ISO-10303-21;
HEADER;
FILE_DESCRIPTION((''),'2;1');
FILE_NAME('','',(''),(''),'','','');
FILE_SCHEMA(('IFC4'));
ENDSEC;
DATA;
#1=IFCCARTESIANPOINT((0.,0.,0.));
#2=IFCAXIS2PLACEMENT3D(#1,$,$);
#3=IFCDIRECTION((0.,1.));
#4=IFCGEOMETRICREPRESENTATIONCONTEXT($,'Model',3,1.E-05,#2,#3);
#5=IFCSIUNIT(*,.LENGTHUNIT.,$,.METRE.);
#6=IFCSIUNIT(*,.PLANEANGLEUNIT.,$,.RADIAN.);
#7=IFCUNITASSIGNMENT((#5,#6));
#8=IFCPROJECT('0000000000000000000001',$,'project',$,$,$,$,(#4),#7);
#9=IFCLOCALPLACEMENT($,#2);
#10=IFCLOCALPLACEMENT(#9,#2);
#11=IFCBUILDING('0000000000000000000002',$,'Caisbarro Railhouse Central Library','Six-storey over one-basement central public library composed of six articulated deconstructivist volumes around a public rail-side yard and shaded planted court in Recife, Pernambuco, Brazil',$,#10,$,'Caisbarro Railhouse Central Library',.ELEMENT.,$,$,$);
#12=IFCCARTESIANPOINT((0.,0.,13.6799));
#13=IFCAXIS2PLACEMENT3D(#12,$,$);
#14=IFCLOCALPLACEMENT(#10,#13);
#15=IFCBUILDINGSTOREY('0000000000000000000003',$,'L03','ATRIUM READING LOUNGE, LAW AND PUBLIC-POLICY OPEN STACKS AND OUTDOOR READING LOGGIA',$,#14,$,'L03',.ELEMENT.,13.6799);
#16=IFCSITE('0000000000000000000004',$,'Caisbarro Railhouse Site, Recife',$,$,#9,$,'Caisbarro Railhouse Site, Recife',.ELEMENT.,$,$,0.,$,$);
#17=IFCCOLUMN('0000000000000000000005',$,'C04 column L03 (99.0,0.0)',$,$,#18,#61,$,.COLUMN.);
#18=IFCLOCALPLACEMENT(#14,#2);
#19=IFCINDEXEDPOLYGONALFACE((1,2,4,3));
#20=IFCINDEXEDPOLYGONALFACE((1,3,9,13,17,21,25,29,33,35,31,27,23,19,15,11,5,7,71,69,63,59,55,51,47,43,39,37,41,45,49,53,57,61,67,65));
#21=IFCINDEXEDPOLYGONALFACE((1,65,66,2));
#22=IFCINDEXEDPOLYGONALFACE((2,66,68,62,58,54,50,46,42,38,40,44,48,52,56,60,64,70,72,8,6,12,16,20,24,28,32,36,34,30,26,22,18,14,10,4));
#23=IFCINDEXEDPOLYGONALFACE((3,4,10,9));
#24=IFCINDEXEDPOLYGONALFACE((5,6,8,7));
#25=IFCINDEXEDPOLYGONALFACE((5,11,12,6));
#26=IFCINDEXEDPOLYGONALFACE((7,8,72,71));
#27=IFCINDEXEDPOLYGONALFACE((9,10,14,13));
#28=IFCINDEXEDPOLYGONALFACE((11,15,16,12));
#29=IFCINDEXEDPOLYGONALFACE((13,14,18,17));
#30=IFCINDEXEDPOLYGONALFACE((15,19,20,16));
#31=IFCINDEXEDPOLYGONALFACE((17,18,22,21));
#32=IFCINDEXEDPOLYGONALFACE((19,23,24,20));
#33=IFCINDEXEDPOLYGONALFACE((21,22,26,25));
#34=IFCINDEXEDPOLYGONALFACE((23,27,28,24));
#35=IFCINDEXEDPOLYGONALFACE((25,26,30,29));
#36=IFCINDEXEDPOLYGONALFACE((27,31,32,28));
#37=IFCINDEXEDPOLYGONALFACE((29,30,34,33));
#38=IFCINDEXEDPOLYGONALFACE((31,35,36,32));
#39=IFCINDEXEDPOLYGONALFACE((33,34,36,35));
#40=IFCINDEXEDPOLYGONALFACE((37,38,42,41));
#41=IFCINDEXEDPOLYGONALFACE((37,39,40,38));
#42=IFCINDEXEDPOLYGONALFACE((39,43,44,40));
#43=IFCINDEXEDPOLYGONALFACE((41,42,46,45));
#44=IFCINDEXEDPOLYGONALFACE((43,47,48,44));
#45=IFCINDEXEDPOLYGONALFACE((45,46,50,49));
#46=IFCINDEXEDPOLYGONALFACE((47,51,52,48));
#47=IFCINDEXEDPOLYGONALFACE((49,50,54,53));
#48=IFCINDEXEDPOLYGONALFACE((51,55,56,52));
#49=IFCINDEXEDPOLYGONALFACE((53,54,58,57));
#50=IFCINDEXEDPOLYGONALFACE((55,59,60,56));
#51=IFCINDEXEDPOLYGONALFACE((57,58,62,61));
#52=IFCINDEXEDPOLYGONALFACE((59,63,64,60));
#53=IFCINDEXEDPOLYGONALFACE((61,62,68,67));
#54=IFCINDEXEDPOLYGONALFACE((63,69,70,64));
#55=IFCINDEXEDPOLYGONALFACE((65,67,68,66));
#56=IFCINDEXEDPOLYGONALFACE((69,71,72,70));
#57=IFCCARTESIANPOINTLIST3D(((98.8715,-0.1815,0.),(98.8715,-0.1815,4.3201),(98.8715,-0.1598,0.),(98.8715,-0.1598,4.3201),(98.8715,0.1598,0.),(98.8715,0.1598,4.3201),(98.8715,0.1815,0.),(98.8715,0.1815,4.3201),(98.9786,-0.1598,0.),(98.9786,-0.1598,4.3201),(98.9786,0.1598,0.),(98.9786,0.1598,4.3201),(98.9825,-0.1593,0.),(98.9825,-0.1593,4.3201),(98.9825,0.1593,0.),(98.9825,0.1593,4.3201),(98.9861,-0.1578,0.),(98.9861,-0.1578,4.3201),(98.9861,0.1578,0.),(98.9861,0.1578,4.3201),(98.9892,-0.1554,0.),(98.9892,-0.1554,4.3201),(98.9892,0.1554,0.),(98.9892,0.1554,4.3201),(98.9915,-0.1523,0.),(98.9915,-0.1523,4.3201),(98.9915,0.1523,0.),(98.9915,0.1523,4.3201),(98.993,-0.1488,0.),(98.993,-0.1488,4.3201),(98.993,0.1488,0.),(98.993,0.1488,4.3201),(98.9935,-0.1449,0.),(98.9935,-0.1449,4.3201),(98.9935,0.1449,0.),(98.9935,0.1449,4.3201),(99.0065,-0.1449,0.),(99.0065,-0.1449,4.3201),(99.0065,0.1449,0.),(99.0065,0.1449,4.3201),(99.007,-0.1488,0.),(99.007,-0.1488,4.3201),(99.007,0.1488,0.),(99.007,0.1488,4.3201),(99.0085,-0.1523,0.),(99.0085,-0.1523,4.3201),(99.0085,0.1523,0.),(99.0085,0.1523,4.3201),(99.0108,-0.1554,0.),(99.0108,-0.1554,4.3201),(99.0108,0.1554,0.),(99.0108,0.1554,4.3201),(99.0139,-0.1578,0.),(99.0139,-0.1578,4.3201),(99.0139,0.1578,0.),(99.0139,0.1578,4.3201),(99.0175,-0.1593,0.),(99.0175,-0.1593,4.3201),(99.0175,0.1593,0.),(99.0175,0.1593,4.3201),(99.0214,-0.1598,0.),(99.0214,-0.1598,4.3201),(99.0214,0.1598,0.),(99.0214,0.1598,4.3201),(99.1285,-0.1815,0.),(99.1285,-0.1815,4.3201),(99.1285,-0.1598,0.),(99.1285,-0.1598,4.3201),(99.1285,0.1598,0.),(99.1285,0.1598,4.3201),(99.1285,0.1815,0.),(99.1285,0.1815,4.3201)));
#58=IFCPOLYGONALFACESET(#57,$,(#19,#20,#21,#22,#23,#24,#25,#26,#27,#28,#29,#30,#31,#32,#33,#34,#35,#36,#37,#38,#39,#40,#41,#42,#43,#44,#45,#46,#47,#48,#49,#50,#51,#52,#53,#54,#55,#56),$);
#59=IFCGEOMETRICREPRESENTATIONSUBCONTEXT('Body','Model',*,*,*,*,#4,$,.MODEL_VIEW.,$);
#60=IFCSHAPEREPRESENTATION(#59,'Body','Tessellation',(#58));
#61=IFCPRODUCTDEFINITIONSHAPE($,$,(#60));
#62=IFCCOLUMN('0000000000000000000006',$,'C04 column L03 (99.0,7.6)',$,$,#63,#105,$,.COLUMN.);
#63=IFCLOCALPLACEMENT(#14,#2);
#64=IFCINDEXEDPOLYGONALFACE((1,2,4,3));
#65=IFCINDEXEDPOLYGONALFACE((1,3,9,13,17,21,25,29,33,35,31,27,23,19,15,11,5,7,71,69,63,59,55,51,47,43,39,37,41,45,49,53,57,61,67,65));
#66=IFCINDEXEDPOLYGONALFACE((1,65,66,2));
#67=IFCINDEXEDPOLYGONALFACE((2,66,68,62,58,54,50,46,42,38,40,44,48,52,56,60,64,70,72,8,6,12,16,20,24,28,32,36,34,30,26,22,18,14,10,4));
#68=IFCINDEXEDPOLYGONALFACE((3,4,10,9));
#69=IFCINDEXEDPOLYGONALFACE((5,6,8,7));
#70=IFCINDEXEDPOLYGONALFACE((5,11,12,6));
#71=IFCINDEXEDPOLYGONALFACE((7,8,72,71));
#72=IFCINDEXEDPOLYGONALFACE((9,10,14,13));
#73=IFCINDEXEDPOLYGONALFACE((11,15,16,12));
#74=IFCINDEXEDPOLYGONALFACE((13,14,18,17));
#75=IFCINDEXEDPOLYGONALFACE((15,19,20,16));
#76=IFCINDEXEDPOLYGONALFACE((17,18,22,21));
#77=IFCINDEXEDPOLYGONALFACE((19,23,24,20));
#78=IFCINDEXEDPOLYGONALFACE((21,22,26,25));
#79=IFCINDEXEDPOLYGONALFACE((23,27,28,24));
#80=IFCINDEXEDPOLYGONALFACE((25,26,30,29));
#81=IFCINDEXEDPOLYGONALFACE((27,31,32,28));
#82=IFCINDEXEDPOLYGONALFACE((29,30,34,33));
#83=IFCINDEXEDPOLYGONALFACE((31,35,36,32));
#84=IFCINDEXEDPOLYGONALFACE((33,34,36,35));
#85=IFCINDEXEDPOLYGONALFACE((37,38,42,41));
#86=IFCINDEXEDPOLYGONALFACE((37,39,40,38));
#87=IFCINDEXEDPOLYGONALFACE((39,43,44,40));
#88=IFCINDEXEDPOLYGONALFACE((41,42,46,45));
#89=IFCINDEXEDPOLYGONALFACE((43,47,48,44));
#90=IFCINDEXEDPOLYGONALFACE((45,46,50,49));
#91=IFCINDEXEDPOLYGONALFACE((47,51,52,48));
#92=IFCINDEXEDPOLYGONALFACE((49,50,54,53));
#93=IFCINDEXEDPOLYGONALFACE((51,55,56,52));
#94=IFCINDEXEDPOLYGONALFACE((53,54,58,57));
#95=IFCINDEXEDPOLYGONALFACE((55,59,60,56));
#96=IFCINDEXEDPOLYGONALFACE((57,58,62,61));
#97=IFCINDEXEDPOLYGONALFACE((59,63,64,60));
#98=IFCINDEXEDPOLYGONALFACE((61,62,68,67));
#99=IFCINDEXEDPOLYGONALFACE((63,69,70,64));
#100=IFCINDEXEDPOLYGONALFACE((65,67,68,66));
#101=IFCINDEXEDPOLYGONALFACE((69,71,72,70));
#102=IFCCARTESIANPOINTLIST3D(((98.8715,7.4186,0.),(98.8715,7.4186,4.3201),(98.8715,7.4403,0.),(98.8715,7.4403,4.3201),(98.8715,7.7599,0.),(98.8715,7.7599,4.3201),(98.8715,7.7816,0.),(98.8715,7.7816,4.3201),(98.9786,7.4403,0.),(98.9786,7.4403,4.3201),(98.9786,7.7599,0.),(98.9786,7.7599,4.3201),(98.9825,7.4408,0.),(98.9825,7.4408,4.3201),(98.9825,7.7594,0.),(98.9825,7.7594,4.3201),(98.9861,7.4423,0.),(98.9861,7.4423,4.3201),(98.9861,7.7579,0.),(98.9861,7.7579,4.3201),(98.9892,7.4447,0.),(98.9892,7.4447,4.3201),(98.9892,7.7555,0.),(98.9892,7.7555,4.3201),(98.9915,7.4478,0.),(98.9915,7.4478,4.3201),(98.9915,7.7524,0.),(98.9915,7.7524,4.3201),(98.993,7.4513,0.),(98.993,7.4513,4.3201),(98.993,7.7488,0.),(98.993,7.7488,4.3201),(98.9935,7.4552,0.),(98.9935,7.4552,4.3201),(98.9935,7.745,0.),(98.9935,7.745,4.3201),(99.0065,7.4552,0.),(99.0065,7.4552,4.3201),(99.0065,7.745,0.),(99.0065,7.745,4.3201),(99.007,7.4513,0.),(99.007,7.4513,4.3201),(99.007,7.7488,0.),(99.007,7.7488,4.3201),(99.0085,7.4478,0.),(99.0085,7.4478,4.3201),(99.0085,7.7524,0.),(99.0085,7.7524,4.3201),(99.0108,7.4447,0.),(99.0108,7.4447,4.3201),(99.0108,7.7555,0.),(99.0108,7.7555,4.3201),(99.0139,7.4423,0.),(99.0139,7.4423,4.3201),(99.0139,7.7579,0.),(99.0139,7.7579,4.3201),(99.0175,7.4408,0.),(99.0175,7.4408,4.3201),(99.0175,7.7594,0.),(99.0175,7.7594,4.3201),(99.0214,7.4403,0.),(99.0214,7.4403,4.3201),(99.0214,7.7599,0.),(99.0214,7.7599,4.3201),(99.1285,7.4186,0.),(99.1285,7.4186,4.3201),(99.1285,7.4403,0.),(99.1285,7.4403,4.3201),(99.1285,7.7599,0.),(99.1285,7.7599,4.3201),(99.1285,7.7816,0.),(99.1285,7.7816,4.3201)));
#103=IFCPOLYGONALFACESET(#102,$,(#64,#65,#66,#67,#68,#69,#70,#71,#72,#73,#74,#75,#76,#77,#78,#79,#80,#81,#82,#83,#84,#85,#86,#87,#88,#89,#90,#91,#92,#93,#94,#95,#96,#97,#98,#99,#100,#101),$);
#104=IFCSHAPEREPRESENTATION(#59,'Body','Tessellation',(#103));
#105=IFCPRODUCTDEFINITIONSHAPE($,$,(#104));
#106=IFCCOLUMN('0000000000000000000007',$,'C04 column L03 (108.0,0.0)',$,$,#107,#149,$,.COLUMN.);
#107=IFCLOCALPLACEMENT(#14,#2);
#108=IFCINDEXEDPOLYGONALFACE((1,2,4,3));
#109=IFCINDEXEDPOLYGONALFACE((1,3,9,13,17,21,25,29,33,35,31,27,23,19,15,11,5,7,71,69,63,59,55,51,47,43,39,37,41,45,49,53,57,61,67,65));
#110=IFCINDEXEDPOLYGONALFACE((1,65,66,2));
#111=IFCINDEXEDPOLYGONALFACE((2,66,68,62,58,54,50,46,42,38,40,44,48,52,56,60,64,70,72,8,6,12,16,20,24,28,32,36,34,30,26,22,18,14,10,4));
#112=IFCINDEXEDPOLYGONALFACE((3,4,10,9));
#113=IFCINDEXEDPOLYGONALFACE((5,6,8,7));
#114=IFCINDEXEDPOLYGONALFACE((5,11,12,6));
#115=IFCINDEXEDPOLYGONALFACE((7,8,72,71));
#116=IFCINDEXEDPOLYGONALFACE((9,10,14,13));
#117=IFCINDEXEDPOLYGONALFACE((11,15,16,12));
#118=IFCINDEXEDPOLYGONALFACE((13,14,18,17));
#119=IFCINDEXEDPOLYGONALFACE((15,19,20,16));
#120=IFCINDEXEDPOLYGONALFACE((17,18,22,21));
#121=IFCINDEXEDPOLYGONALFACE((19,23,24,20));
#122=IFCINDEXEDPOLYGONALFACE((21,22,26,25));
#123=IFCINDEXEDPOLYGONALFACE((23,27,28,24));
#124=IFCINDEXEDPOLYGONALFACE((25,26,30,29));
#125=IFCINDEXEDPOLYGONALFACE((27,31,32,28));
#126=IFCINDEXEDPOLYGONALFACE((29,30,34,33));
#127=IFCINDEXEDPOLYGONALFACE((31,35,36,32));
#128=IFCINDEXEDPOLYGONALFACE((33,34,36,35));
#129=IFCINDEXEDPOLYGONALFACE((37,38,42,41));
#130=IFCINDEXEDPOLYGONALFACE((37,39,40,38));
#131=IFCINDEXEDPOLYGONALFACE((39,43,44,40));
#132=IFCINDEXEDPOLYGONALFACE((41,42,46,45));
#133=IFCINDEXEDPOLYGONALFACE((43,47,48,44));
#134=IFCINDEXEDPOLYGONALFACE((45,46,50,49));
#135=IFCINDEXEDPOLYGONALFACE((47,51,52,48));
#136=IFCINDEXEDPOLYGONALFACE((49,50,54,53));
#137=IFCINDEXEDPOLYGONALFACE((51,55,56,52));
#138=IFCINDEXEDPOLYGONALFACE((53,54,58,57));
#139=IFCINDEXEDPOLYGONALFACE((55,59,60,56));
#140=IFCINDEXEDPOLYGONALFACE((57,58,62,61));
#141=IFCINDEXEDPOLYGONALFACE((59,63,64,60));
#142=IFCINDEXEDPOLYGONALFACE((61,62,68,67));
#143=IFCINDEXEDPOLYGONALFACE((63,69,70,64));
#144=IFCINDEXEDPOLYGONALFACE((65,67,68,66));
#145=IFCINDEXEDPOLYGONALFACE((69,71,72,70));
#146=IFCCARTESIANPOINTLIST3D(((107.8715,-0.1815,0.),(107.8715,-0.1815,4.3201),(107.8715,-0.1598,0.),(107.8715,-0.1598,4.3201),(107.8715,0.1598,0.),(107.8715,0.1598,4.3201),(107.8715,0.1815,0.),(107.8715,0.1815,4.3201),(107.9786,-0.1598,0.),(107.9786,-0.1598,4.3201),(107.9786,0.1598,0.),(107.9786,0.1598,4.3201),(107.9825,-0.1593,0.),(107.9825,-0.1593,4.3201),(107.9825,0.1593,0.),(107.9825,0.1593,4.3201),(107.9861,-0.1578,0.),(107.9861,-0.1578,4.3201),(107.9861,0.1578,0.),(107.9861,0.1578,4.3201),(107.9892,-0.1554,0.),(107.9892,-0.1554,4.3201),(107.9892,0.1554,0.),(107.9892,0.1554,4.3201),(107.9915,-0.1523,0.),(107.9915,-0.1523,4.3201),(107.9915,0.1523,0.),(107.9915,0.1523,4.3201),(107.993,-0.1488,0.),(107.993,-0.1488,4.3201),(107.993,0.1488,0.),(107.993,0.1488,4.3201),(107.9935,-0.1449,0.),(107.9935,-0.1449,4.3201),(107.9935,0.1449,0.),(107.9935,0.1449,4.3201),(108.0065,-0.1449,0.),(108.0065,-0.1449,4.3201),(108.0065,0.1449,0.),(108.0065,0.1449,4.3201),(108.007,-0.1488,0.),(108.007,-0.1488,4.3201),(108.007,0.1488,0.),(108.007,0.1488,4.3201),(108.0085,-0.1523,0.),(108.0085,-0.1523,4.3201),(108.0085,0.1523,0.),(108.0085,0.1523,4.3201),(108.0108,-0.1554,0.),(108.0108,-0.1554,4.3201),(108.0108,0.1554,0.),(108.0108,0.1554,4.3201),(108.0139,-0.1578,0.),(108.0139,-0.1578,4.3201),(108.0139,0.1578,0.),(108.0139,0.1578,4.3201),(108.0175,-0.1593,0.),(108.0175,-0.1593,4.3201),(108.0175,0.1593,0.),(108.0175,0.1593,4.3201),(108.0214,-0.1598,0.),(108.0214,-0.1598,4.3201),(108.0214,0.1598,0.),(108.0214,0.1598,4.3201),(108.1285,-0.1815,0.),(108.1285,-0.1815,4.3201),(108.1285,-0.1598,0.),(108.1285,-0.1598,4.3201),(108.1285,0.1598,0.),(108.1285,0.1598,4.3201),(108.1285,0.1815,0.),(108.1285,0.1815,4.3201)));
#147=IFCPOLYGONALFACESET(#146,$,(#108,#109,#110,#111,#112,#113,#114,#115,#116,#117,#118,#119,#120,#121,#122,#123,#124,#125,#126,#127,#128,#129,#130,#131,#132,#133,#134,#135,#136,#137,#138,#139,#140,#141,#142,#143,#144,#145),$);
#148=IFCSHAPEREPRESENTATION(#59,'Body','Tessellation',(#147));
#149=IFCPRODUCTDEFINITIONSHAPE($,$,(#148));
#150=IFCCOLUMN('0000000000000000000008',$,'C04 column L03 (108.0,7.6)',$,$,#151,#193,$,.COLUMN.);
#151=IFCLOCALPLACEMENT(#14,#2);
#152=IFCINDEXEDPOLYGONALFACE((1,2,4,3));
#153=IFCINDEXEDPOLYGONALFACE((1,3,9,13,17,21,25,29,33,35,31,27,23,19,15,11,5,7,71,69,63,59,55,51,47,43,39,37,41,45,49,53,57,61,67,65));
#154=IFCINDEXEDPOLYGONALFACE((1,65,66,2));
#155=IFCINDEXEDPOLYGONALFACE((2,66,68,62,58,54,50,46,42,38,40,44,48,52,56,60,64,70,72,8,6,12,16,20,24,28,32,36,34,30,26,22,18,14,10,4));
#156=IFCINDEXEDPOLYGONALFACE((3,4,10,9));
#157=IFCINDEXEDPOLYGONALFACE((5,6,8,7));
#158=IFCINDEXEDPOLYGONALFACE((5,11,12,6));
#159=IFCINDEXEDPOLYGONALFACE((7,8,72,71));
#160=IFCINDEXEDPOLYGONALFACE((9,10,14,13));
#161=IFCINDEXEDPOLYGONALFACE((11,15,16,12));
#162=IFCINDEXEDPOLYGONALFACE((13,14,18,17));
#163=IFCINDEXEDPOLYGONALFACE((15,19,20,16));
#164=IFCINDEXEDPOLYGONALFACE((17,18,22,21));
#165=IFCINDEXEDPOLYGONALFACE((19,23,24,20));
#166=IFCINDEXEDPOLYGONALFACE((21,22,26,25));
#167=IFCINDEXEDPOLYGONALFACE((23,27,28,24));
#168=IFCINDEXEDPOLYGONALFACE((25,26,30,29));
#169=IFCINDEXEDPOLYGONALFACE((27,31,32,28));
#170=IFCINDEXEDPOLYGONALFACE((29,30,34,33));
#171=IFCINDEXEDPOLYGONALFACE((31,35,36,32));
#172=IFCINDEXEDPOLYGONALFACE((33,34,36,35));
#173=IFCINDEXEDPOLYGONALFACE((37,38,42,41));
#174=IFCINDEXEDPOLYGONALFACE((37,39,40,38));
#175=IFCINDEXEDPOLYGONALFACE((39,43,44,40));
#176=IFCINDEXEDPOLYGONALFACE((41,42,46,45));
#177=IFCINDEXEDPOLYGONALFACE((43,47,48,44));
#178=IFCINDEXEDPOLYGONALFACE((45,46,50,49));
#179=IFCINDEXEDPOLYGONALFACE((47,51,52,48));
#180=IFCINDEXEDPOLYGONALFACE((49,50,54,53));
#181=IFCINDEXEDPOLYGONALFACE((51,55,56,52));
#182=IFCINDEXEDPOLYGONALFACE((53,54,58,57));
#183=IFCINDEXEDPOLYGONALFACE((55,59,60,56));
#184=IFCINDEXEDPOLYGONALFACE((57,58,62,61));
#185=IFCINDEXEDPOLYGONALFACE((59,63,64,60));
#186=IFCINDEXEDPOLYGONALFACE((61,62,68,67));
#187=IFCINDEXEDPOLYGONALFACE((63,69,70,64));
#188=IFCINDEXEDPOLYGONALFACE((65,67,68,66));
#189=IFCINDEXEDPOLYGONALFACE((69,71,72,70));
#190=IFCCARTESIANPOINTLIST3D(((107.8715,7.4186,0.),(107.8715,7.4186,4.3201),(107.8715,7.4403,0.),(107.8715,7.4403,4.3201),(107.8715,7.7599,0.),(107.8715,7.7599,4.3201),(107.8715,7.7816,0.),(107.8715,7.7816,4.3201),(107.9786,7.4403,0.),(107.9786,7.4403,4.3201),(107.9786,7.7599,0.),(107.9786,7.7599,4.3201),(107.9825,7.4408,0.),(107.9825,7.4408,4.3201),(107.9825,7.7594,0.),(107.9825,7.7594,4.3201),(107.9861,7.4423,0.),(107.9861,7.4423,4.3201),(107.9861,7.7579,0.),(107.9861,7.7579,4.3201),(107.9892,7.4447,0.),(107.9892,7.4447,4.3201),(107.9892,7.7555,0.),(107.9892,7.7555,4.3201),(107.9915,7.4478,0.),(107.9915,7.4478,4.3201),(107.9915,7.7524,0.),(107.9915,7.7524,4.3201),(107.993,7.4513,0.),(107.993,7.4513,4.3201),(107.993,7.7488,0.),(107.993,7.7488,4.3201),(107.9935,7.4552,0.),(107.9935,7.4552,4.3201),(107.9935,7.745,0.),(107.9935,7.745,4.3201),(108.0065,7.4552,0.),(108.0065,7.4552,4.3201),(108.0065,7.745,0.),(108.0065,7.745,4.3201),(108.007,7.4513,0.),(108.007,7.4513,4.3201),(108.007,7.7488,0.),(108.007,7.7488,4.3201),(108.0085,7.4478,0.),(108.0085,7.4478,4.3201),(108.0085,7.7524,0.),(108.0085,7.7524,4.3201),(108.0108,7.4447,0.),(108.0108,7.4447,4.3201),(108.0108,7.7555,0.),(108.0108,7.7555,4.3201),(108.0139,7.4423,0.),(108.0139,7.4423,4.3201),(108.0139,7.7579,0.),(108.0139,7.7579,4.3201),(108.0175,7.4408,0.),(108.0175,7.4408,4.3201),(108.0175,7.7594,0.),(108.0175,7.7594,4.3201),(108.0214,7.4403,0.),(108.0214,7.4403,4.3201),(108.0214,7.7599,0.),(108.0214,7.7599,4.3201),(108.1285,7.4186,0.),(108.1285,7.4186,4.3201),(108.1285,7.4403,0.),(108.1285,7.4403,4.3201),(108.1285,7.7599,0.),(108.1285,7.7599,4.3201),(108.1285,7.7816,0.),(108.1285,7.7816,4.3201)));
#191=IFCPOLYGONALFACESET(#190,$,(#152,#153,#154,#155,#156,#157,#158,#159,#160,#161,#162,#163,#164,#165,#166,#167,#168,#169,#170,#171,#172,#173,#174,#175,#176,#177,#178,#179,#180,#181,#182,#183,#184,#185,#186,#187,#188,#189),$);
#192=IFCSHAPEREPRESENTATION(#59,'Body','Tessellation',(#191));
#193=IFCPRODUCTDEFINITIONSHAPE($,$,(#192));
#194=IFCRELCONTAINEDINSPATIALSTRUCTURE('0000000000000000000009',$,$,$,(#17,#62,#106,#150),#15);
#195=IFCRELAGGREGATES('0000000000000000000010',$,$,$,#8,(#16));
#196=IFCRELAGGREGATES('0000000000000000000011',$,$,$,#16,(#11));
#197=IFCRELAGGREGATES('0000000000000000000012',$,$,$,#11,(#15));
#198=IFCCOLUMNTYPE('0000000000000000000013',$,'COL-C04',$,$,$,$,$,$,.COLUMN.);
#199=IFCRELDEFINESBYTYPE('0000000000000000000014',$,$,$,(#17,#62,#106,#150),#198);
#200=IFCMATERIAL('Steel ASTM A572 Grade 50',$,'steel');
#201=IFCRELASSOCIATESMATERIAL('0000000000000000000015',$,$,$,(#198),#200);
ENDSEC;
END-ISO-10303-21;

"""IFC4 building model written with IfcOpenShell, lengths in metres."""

from ifc_helpers import new_model, si_unit, direction, frame, origin, origin_2d, place, context, subcontext, project, spatial, i_section, extrude, material, material_profile, profile_set, type_object, element, save


model = new_model("IFC4")

# Units and contexts
model_context = context("Model", 3, precision=1e-05, world=origin(), true_north=direction((0.0, 1.0)))
body_context = subcontext(model_context, "Body", "Model", "MODEL_VIEW")
ifc_project = project(units=[si_unit("LENGTHUNIT", "METRE"), si_unit("PLANEANGLEUNIT", "RADIAN")], contexts=[model_context])

# Site, building, storey
site_placement = place(None, origin())
site = spatial("IfcSite", under=ifc_project, at=site_placement, Name="Caisbarro Railhouse Site, Recife", LongName="Caisbarro Railhouse Site, Recife", CompositionType="ELEMENT", RefElevation=0.0)
building_placement = place(site_placement, origin())
building = spatial("IfcBuilding", under=site, at=building_placement, Name="Caisbarro Railhouse Central Library", Description="Six-storey over one-basement central public library composed of six articulated deconstructivist volumes around a public rail-side yard and shaded planted court in Recife, Pernambuco, Brazil", LongName="Caisbarro Railhouse Central Library", CompositionType="ELEMENT")
storey_placement = place(building_placement, frame((0.0, 0.0, 13.6799)))
storey = spatial("IfcBuildingStorey", under=building, at=storey_placement, Name="L03", Description="ATRIUM READING LOUNGE, LAW AND PUBLIC-POLICY OPEN STACKS AND OUTDOOR READING LOGGIA", LongName="L03", CompositionType="ELEMENT", Elevation=13.6799)

# Columns
ifc_material_1 = material(Name="Steel ASTM A572 Grade 50", Category="steel")
ifc_material_profile_1 = material_profile(ifc_material_1, i_section(OverallWidth=0.2571, OverallDepth=0.363, WebThickness=0.0129, FlangeThickness=0.0217, FilletRadius=0.0149, at=origin_2d()), Name="W360X122.0")
ifc_profile_set_1 = profile_set([ifc_material_profile_1], Name="Steel ASTM A572 Grade 50")
column_type = type_object("IfcColumnType", Name="COL-C04", PredefinedType="COLUMN", material=ifc_profile_set_1)
for number, where, z_axis, x_axis, name in (
    (1, (99.0, 0.0, 0.0), (0.0, 0.0, 1.0), (1.0, 0.0, 0.0), "C04 column L03 (99.0,0.0)"),
    (2, (99.0, 7.6001, 0.0), (0.0, 0.0, 1.0), (1.0, 0.0, 0.0), "C04 column L03 (99.0,7.6)"),
    (3, (108.0, 0.0, 0.0), (0.0, 0.0, 1.0), (1.0, 0.0, 0.0), "C04 column L03 (108.0,0.0)"),
    (4, (108.0, 7.6001, 0.0), (0.0, 0.0, 1.0), (1.0, 0.0, 0.0), "C04 column L03 (108.0,7.6)"),
):
    element("IfcColumn", number, at=place(storey_placement, frame(where, z_axis=z_axis, x_axis=x_axis)), inside=storey, type_object=column_type, Name=name, PredefinedType="COLUMN", context=body_context, shape_type="SweptSolid", body=[
        extrude(i_section(OverallWidth=0.2571, OverallDepth=0.363, WebThickness=0.0129, FlangeThickness=0.0217, FilletRadius=0.0149, at=origin_2d()), origin(), (0.0, 0.0, 1.0), 4.3201),
    ])

save(model, "model.ifc")
